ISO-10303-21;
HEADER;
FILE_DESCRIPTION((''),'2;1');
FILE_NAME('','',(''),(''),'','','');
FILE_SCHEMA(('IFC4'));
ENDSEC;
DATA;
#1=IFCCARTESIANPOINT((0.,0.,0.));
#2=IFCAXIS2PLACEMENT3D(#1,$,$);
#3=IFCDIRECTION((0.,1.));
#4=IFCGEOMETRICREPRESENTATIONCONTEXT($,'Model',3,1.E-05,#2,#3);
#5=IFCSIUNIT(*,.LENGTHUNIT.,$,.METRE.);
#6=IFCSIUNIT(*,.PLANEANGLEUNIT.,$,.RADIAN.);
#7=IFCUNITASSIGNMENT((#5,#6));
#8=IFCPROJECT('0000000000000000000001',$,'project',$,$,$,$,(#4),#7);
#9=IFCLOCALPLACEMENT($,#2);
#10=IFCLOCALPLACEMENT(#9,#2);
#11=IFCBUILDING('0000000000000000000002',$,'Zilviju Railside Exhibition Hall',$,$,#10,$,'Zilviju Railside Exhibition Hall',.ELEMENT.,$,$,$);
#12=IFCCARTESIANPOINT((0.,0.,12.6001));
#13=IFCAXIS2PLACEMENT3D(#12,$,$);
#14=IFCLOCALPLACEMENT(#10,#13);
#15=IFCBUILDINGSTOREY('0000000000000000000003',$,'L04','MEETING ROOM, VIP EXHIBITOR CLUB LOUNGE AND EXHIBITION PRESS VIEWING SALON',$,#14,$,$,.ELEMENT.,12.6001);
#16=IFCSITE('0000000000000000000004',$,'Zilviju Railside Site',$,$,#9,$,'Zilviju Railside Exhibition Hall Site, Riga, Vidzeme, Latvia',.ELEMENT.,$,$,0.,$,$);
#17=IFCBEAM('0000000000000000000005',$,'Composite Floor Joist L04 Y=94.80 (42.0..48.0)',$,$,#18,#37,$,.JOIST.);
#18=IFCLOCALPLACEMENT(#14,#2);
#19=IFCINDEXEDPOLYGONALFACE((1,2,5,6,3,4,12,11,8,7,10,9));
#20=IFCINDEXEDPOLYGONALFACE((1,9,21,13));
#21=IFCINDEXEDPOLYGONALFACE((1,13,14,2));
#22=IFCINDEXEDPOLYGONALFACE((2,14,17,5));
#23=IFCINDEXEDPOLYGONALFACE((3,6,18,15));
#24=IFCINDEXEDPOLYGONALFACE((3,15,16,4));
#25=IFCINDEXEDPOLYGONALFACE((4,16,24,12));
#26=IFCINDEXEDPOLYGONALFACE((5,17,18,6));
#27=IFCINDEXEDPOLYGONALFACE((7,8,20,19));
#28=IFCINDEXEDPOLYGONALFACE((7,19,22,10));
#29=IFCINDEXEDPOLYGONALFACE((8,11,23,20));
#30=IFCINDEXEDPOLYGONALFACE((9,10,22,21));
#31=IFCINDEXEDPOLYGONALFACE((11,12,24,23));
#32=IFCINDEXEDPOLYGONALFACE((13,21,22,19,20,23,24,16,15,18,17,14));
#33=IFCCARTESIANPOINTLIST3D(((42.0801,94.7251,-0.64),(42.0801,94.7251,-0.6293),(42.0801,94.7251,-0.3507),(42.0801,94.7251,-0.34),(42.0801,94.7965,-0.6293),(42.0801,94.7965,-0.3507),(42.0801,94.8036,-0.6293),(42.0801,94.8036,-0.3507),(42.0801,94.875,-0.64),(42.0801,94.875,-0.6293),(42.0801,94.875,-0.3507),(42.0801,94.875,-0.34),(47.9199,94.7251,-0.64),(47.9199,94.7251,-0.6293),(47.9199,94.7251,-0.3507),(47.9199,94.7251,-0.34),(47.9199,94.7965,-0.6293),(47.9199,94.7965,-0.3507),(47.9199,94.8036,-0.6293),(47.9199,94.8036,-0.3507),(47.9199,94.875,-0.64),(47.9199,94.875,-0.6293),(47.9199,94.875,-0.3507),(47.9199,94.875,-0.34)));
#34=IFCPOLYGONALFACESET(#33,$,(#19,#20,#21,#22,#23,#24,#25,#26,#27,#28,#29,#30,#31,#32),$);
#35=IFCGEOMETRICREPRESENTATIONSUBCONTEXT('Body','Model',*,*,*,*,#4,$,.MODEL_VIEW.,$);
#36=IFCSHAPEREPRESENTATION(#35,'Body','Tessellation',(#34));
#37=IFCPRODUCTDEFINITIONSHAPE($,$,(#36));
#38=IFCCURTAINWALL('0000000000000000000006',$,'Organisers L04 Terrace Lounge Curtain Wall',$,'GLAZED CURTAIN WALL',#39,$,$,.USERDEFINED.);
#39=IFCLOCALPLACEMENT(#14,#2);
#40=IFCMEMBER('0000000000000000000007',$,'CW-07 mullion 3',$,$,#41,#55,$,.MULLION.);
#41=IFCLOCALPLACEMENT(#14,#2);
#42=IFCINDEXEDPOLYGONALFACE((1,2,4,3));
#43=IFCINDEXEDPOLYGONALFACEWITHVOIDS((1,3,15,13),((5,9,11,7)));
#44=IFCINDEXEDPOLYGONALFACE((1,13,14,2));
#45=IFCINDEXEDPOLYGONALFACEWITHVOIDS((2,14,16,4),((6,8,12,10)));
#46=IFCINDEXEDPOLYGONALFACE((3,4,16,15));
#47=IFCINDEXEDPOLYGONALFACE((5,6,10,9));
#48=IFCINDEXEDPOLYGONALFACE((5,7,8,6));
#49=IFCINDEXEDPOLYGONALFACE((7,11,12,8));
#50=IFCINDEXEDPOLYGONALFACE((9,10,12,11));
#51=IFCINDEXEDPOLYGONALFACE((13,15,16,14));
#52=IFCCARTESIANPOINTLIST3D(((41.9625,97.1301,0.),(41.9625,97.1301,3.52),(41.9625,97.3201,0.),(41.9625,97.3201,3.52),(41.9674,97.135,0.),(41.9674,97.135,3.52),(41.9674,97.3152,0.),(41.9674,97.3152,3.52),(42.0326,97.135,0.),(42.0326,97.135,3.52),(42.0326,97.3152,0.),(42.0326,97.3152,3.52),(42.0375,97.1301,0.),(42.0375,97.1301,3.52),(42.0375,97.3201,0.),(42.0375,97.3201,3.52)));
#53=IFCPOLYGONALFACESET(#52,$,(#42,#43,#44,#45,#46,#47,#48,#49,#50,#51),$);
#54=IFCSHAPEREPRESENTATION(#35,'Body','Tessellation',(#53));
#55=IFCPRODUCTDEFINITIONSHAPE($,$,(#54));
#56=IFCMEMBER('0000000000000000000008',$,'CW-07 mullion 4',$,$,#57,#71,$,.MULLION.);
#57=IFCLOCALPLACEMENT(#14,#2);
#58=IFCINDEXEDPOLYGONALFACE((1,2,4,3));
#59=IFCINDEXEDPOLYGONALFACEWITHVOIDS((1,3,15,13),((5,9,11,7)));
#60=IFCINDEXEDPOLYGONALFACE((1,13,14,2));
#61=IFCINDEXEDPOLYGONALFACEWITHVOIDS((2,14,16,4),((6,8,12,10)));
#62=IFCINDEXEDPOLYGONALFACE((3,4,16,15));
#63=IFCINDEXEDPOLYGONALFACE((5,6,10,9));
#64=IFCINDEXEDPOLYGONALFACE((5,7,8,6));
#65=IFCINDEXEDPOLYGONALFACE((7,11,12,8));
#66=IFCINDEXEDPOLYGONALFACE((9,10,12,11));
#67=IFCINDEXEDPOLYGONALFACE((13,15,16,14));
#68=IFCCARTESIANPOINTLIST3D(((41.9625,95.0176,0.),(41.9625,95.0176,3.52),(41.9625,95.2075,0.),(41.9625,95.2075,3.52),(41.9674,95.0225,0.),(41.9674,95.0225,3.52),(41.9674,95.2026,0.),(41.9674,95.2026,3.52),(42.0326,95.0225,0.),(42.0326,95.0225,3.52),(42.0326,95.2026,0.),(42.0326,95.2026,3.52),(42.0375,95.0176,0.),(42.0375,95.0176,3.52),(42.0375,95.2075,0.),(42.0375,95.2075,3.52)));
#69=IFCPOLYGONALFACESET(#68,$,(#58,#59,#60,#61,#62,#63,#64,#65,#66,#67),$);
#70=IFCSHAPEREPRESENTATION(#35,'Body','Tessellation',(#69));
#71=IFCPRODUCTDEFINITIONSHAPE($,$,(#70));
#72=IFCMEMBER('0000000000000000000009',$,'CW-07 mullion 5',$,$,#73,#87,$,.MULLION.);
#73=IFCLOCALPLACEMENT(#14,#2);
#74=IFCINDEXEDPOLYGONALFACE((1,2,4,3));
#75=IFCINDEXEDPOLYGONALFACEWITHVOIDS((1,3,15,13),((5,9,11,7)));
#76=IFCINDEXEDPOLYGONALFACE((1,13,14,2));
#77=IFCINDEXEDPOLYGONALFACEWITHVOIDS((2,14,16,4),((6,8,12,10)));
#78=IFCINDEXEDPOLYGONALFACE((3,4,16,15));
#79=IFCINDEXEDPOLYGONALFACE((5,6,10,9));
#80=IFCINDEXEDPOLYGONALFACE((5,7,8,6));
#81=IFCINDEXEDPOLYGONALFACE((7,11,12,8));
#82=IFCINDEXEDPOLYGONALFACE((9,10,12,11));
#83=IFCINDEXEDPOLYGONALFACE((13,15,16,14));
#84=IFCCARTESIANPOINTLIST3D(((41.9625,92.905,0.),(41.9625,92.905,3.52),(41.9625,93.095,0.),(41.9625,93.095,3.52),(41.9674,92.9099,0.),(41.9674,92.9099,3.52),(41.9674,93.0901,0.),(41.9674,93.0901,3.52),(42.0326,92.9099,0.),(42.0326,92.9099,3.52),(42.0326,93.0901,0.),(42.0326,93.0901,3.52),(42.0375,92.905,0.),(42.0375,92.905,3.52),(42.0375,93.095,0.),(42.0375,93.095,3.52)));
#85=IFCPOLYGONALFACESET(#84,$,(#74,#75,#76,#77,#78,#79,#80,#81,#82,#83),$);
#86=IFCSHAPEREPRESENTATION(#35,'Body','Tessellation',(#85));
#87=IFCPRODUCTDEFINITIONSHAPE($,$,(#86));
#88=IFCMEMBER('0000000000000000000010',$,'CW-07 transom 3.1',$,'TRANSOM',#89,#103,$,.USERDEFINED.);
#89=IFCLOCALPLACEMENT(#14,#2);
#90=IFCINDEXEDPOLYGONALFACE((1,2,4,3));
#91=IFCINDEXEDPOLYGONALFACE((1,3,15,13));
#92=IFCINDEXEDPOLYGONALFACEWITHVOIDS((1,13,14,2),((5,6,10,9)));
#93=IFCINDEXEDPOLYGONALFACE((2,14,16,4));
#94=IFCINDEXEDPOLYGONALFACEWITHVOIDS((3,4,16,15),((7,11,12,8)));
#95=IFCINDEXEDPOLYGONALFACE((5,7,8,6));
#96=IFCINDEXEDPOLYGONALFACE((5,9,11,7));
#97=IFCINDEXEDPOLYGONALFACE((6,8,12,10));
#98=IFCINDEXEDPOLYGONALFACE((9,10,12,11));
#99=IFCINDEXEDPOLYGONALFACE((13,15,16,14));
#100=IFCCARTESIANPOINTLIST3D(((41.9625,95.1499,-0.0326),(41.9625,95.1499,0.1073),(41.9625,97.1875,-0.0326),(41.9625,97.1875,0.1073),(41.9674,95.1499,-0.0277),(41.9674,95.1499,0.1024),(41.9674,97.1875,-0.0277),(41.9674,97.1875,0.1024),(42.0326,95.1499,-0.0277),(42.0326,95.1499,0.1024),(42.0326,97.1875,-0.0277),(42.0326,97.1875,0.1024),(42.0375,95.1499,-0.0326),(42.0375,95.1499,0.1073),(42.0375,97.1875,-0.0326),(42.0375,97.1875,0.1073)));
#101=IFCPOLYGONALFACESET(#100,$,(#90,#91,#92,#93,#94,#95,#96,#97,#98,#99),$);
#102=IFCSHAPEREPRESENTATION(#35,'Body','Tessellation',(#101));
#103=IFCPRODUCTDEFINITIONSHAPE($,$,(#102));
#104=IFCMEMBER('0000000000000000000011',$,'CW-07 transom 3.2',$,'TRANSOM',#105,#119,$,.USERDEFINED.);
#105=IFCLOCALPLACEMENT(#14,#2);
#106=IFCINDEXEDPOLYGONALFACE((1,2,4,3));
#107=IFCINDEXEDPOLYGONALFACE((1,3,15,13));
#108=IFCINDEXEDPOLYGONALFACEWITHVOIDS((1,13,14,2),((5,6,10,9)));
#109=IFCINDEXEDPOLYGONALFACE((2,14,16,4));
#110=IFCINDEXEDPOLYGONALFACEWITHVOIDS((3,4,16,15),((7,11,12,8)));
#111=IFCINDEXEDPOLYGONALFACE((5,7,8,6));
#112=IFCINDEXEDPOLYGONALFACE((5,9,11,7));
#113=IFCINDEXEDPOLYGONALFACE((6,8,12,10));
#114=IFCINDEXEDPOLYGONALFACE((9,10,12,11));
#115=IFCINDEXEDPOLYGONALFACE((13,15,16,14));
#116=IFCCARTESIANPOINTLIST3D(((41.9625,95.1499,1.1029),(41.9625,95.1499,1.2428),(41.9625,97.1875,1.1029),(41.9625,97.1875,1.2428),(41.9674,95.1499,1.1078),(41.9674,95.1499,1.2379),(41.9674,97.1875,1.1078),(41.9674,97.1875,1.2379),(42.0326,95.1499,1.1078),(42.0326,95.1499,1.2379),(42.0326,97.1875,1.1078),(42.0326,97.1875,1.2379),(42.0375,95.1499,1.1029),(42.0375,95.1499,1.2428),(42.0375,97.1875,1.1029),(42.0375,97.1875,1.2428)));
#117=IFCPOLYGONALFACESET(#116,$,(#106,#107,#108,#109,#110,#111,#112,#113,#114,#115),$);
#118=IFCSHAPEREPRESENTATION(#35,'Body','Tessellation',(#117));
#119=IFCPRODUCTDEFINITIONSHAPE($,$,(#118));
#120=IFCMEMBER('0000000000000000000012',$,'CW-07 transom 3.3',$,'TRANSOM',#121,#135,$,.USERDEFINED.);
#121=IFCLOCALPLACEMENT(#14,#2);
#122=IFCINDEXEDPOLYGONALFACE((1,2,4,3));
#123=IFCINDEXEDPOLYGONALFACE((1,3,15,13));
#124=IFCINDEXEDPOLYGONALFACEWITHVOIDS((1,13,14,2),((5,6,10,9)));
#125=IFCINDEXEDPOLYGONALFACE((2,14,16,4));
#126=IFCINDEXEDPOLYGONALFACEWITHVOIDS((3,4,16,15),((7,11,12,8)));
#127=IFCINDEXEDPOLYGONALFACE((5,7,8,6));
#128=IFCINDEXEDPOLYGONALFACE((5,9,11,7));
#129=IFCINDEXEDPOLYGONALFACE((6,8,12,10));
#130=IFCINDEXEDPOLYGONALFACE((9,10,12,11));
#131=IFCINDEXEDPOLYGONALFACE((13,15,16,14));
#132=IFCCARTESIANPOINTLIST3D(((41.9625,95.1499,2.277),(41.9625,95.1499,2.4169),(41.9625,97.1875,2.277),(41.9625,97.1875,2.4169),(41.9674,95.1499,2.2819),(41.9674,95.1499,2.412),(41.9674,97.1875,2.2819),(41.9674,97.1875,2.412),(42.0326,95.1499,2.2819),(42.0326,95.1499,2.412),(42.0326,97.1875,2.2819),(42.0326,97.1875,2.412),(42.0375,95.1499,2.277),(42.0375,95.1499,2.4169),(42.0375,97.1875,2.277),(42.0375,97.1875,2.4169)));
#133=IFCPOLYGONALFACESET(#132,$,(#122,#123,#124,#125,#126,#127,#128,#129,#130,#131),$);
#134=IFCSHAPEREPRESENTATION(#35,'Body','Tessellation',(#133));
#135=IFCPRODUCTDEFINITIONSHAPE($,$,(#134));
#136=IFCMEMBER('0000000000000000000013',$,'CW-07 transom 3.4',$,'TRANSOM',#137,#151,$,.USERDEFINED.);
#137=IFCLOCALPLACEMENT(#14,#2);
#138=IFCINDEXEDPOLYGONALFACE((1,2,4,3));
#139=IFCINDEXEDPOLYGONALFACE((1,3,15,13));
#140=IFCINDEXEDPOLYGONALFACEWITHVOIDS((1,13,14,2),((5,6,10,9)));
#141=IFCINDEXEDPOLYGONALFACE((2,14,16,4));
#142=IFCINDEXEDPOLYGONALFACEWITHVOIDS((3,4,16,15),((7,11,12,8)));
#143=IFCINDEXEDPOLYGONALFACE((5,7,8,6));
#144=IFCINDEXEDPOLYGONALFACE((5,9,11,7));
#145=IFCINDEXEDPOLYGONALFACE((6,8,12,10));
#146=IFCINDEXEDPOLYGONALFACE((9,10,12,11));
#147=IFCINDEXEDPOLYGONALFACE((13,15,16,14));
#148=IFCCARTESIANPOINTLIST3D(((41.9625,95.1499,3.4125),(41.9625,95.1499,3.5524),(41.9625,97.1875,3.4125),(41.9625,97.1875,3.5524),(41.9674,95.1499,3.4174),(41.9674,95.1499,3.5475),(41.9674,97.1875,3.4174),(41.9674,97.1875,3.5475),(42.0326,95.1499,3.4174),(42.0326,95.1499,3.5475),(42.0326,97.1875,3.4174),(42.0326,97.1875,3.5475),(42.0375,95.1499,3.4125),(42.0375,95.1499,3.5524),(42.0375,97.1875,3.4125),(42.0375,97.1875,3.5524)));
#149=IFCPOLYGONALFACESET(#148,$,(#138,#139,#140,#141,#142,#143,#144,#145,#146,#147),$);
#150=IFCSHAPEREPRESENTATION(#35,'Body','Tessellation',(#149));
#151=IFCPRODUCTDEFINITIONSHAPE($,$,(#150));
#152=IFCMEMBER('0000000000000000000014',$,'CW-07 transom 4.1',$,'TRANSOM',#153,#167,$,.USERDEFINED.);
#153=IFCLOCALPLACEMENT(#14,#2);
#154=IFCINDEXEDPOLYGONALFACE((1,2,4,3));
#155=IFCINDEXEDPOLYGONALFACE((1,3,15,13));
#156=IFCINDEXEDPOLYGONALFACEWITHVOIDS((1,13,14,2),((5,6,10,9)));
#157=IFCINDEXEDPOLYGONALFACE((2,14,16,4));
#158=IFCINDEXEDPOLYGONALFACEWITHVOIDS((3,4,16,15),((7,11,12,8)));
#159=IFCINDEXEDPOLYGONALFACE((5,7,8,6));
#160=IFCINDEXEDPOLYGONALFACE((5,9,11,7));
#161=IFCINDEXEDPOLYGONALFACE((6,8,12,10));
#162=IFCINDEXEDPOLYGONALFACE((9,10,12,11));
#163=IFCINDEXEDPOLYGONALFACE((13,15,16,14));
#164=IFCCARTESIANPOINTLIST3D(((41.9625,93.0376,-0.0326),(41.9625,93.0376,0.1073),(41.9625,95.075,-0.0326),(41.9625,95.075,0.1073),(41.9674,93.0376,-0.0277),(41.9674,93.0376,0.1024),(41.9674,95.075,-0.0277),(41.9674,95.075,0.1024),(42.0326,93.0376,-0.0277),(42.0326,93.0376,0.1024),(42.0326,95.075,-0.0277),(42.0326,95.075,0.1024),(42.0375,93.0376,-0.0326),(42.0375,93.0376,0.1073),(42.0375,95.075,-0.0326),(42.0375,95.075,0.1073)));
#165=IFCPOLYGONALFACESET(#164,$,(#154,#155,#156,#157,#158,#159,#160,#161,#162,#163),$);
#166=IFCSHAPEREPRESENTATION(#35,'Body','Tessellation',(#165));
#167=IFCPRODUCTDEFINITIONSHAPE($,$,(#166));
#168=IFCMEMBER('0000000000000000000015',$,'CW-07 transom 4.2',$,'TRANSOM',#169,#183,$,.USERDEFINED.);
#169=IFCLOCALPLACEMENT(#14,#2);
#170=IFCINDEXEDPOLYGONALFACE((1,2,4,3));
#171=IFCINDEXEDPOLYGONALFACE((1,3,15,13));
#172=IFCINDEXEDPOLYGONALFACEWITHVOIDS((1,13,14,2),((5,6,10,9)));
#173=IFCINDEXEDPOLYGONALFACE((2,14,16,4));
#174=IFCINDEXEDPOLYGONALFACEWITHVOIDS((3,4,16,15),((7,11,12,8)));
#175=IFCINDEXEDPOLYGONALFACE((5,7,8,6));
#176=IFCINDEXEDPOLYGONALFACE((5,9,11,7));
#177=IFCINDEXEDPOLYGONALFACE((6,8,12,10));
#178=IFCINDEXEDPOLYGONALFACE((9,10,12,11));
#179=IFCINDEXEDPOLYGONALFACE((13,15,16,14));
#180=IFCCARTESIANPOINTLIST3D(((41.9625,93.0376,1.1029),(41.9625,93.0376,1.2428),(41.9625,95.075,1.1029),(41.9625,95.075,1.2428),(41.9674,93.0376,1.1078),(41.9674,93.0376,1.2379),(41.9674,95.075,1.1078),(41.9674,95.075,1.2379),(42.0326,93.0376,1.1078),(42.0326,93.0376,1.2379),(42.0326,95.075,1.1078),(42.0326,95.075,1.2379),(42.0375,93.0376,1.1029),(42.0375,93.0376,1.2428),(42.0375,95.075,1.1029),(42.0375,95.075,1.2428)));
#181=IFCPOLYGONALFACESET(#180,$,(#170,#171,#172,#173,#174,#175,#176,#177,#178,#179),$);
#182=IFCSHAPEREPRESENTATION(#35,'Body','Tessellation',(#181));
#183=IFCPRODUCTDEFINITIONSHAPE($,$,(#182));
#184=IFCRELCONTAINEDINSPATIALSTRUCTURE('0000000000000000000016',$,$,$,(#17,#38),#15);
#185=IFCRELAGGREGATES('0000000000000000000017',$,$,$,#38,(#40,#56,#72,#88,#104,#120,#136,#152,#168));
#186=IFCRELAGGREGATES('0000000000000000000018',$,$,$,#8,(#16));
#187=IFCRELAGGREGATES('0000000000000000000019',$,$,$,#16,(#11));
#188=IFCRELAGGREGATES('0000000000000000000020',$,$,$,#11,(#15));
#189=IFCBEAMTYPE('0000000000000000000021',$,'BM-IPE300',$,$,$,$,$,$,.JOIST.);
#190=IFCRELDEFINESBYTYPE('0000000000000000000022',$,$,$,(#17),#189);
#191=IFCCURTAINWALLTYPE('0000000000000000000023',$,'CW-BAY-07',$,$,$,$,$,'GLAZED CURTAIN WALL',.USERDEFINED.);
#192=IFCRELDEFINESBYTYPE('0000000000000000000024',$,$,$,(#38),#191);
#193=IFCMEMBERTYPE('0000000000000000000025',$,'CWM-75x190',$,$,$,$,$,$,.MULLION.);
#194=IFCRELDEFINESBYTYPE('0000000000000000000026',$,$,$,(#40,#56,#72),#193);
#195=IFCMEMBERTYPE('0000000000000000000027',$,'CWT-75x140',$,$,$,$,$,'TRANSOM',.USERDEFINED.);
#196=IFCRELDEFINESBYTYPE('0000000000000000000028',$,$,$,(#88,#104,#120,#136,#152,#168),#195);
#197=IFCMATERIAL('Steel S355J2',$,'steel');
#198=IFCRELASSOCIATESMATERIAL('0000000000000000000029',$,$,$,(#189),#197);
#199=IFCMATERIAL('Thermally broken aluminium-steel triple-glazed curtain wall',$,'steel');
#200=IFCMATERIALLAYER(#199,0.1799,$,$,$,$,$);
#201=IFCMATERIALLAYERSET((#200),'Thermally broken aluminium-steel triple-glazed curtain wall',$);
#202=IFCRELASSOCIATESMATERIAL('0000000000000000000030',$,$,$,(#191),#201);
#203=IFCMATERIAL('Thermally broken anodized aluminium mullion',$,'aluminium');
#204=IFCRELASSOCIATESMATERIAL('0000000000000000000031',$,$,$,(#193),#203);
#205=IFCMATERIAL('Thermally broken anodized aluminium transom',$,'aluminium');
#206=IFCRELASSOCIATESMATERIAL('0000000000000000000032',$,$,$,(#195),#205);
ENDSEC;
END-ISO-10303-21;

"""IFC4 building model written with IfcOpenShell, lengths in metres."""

from ifc_helpers import new_model, si_unit, direction, frame, origin, origin_2d, place, context, subcontext, project, spatial, hollow_rectangle, i_section, extrude, material, layer, layer_set, material_profile, profile_set, type_object, element, aggregate, save


model = new_model("IFC4")

# Units and contexts
model_context = context("Model", 3, precision=1e-05, world=origin(), true_north=direction((0.0, 1.0)))
body_context = subcontext(model_context, "Body", "Model", "MODEL_VIEW")
ifc_project = project(units=[si_unit("LENGTHUNIT", "METRE"), si_unit("PLANEANGLEUNIT", "RADIAN")], contexts=[model_context])

# Site, building, storey
site_placement = place(None, origin())
site = spatial("IfcSite", under=ifc_project, at=site_placement, Name="Zilviju Railside Site", LongName="Zilviju Railside Exhibition Hall Site, Riga, Vidzeme, Latvia", CompositionType="ELEMENT", RefElevation=0.0)
building_placement = place(site_placement, origin())
building = spatial("IfcBuilding", under=site, at=building_placement, Name="Zilviju Railside Exhibition Hall", LongName="Zilviju Railside Exhibition Hall", CompositionType="ELEMENT")
storey_placement = place(building_placement, frame((0.0, 0.0, 12.6001)))
storey = spatial("IfcBuildingStorey", under=building, at=storey_placement, Name="L04", Description="MEETING ROOM, VIP EXHIBITOR CLUB LOUNGE AND EXHIBITION PRESS VIEWING SALON", CompositionType="ELEMENT", Elevation=12.6001)

# Beam
ifc_material_1 = material(Name="Steel S355J2", Category="steel")
ifc_material_profile_1 = material_profile(ifc_material_1, i_section(OverallWidth=0.1499, OverallDepth=0.3, WebThickness=0.0071, FlangeThickness=0.0107, at=origin_2d()), Name="IPE 300")
ifc_profile_set_1 = profile_set([ifc_material_profile_1], Name="Steel S355J2")
beam_type = type_object("IfcBeamType", Name="BM-IPE300", PredefinedType="JOIST", material=ifc_profile_set_1)
beam_placement = place(storey_placement, frame((42.0801, 94.8, -0.49), z_axis=(1.0, 0.0, 0.0), x_axis=(0.0, 1.0, 0.0)))
element("IfcBeam", 1, at=beam_placement, inside=storey, type_object=beam_type, Name="Composite Floor Joist L04 Y=94.80 (42.0..48.0)", PredefinedType="JOIST", context=body_context, shape_type="SweptSolid", body=[
    extrude(i_section(OverallWidth=0.1499, OverallDepth=0.3, WebThickness=0.0071, FlangeThickness=0.0107, at=origin_2d()), origin(), (0.0, 0.0, 1.0), 5.8398),
])

# Curtain wall, members
ifc_material_2 = material(Name="Thermally broken aluminium-steel triple-glazed curtain wall", Category="steel")
ifc_layer_1 = layer(ifc_material_2, 0.1799)
ifc_layer_set_1 = layer_set([ifc_layer_1], Name="Thermally broken aluminium-steel triple-glazed curtain wall")
curtain_wall_type = type_object("IfcCurtainWallType", Name="CW-BAY-07", ElementType="GLAZED CURTAIN WALL", PredefinedType="USERDEFINED", material=ifc_layer_set_1)
curtain_wall_placement = place(storey_placement, origin())
curtain_wall = element("IfcCurtainWall", 2, at=curtain_wall_placement, inside=storey, type_object=curtain_wall_type, Name="Organisers L04 Terrace Lounge Curtain Wall", ObjectType="GLAZED CURTAIN WALL", PredefinedType="USERDEFINED")
ifc_material_3 = material(Name="Thermally broken anodized aluminium mullion", Category="aluminium")
ifc_material_profile_2 = material_profile(ifc_material_3, hollow_rectangle(XDim=0.075, YDim=0.1899, WallThickness=0.0049, at=origin_2d()), Name="MULLION 190x75x5")
ifc_profile_set_2 = profile_set([ifc_material_profile_2], Name="Thermally broken anodized aluminium mullion")
member_type_1 = type_object("IfcMemberType", Name="CWM-75x190", PredefinedType="MULLION", material=ifc_profile_set_2)
member_1_placement = place(storey_placement, frame((42.0, 97.2251, 0.0), z_axis=(0.0, 0.0, 1.0), x_axis=(1.0, 0.0, 0.0)))
member_1 = element("IfcMember", 3, at=member_1_placement, type_object=member_type_1, Name="CW-07 mullion 3", PredefinedType="MULLION", context=body_context, shape_type="SweptSolid", body=[
    extrude(hollow_rectangle(XDim=0.075, YDim=0.1899, WallThickness=0.0049, at=origin_2d()), origin(), (0.0, 0.0, 1.0), 3.52),
])
member_2_placement = place(storey_placement, frame((42.0, 95.1125, 0.0), z_axis=(0.0, 0.0, 1.0), x_axis=(1.0, 0.0, 0.0)))
member_2 = element("IfcMember", 4, at=member_2_placement, type_object=member_type_1, Name="CW-07 mullion 4", PredefinedType="MULLION", context=body_context, shape_type="SweptSolid", body=[
    extrude(hollow_rectangle(XDim=0.075, YDim=0.1899, WallThickness=0.0049, at=origin_2d()), origin(), (0.0, 0.0, 1.0), 3.52),
])
member_3_placement = place(storey_placement, frame((42.0, 93.0, 0.0), z_axis=(0.0, 0.0, 1.0), x_axis=(1.0, 0.0, 0.0)))
member_3 = element("IfcMember", 5, at=member_3_placement, type_object=member_type_1, Name="CW-07 mullion 5", PredefinedType="MULLION", context=body_context, shape_type="SweptSolid", body=[
    extrude(hollow_rectangle(XDim=0.075, YDim=0.1899, WallThickness=0.0049, at=origin_2d()), origin(), (0.0, 0.0, 1.0), 3.52),
])
ifc_material_4 = material(Name="Thermally broken anodized aluminium transom", Category="aluminium")
ifc_material_profile_3 = material_profile(ifc_material_4, hollow_rectangle(XDim=0.075, YDim=0.1399, WallThickness=0.0049, at=origin_2d()), Name="TRANSOM 140x75x5")
ifc_profile_set_3 = profile_set([ifc_material_profile_3], Name="Thermally broken anodized aluminium transom")
member_type_2 = type_object("IfcMemberType", Name="CWT-75x140", ElementType="TRANSOM", PredefinedType="USERDEFINED", material=ifc_profile_set_3)
member_4_placement = place(storey_placement, frame((42.0, 97.1875, 0.0374), z_axis=(0.0, -1.0, 0.0), x_axis=(1.0, 0.0, 0.0)))
member_4 = element("IfcMember", 6, at=member_4_placement, type_object=member_type_2, Name="CW-07 transom 3.1", ObjectType="TRANSOM", PredefinedType="USERDEFINED", context=body_context, shape_type="SweptSolid", body=[
    extrude(hollow_rectangle(XDim=0.075, YDim=0.1399, WallThickness=0.0049, at=origin_2d()), origin(), (0.0, 0.0, 1.0), 2.0376),
])
member_5_placement = place(storey_placement, frame((42.0, 97.1875, 1.1729), z_axis=(0.0, -1.0, 0.0), x_axis=(1.0, 0.0, 0.0)))
member_5 = element("IfcMember", 7, at=member_5_placement, type_object=member_type_2, Name="CW-07 transom 3.2", ObjectType="TRANSOM", PredefinedType="USERDEFINED", context=body_context, shape_type="SweptSolid", body=[
    extrude(hollow_rectangle(XDim=0.075, YDim=0.1399, WallThickness=0.0049, at=origin_2d()), origin(), (0.0, 0.0, 1.0), 2.0376),
])
member_6_placement = place(storey_placement, frame((42.0, 97.1875, 2.3469), z_axis=(0.0, -1.0, 0.0), x_axis=(1.0, 0.0, 0.0)))
member_6 = element("IfcMember", 8, at=member_6_placement, type_object=member_type_2, Name="CW-07 transom 3.3", ObjectType="TRANSOM", PredefinedType="USERDEFINED", context=body_context, shape_type="SweptSolid", body=[
    extrude(hollow_rectangle(XDim=0.075, YDim=0.1399, WallThickness=0.0049, at=origin_2d()), origin(), (0.0, 0.0, 1.0), 2.0376),
])
member_7_placement = place(storey_placement, frame((42.0, 97.1875, 3.4824), z_axis=(0.0, -1.0, 0.0), x_axis=(1.0, 0.0, 0.0)))
member_7 = element("IfcMember", 9, at=member_7_placement, type_object=member_type_2, Name="CW-07 transom 3.4", ObjectType="TRANSOM", PredefinedType="USERDEFINED", context=body_context, shape_type="SweptSolid", body=[
    extrude(hollow_rectangle(XDim=0.075, YDim=0.1399, WallThickness=0.0049, at=origin_2d()), origin(), (0.0, 0.0, 1.0), 2.0376),
])
member_8_placement = place(storey_placement, frame((42.0, 95.075, 0.0374), z_axis=(0.0, -1.0, 0.0), x_axis=(1.0, 0.0, 0.0)))
member_8 = element("IfcMember", 10, at=member_8_placement, type_object=member_type_2, Name="CW-07 transom 4.1", ObjectType="TRANSOM", PredefinedType="USERDEFINED", context=body_context, shape_type="SweptSolid", body=[
    extrude(hollow_rectangle(XDim=0.075, YDim=0.1399, WallThickness=0.0049, at=origin_2d()), origin(), (0.0, 0.0, 1.0), 2.0374),
])
member_9_placement = place(storey_placement, frame((42.0, 95.075, 1.1729), z_axis=(0.0, -1.0, 0.0), x_axis=(1.0, 0.0, 0.0)))
member_9 = element("IfcMember", 11, at=member_9_placement, type_object=member_type_2, Name="CW-07 transom 4.2", ObjectType="TRANSOM", PredefinedType="USERDEFINED", context=body_context, shape_type="SweptSolid", body=[
    extrude(hollow_rectangle(XDim=0.075, YDim=0.1399, WallThickness=0.0049, at=origin_2d()), origin(), (0.0, 0.0, 1.0), 2.0374),
])
aggregate(curtain_wall, [member_1, member_2, member_3, member_4, member_5, member_6, member_7, member_8, member_9])

save(model, "model.ifc")
